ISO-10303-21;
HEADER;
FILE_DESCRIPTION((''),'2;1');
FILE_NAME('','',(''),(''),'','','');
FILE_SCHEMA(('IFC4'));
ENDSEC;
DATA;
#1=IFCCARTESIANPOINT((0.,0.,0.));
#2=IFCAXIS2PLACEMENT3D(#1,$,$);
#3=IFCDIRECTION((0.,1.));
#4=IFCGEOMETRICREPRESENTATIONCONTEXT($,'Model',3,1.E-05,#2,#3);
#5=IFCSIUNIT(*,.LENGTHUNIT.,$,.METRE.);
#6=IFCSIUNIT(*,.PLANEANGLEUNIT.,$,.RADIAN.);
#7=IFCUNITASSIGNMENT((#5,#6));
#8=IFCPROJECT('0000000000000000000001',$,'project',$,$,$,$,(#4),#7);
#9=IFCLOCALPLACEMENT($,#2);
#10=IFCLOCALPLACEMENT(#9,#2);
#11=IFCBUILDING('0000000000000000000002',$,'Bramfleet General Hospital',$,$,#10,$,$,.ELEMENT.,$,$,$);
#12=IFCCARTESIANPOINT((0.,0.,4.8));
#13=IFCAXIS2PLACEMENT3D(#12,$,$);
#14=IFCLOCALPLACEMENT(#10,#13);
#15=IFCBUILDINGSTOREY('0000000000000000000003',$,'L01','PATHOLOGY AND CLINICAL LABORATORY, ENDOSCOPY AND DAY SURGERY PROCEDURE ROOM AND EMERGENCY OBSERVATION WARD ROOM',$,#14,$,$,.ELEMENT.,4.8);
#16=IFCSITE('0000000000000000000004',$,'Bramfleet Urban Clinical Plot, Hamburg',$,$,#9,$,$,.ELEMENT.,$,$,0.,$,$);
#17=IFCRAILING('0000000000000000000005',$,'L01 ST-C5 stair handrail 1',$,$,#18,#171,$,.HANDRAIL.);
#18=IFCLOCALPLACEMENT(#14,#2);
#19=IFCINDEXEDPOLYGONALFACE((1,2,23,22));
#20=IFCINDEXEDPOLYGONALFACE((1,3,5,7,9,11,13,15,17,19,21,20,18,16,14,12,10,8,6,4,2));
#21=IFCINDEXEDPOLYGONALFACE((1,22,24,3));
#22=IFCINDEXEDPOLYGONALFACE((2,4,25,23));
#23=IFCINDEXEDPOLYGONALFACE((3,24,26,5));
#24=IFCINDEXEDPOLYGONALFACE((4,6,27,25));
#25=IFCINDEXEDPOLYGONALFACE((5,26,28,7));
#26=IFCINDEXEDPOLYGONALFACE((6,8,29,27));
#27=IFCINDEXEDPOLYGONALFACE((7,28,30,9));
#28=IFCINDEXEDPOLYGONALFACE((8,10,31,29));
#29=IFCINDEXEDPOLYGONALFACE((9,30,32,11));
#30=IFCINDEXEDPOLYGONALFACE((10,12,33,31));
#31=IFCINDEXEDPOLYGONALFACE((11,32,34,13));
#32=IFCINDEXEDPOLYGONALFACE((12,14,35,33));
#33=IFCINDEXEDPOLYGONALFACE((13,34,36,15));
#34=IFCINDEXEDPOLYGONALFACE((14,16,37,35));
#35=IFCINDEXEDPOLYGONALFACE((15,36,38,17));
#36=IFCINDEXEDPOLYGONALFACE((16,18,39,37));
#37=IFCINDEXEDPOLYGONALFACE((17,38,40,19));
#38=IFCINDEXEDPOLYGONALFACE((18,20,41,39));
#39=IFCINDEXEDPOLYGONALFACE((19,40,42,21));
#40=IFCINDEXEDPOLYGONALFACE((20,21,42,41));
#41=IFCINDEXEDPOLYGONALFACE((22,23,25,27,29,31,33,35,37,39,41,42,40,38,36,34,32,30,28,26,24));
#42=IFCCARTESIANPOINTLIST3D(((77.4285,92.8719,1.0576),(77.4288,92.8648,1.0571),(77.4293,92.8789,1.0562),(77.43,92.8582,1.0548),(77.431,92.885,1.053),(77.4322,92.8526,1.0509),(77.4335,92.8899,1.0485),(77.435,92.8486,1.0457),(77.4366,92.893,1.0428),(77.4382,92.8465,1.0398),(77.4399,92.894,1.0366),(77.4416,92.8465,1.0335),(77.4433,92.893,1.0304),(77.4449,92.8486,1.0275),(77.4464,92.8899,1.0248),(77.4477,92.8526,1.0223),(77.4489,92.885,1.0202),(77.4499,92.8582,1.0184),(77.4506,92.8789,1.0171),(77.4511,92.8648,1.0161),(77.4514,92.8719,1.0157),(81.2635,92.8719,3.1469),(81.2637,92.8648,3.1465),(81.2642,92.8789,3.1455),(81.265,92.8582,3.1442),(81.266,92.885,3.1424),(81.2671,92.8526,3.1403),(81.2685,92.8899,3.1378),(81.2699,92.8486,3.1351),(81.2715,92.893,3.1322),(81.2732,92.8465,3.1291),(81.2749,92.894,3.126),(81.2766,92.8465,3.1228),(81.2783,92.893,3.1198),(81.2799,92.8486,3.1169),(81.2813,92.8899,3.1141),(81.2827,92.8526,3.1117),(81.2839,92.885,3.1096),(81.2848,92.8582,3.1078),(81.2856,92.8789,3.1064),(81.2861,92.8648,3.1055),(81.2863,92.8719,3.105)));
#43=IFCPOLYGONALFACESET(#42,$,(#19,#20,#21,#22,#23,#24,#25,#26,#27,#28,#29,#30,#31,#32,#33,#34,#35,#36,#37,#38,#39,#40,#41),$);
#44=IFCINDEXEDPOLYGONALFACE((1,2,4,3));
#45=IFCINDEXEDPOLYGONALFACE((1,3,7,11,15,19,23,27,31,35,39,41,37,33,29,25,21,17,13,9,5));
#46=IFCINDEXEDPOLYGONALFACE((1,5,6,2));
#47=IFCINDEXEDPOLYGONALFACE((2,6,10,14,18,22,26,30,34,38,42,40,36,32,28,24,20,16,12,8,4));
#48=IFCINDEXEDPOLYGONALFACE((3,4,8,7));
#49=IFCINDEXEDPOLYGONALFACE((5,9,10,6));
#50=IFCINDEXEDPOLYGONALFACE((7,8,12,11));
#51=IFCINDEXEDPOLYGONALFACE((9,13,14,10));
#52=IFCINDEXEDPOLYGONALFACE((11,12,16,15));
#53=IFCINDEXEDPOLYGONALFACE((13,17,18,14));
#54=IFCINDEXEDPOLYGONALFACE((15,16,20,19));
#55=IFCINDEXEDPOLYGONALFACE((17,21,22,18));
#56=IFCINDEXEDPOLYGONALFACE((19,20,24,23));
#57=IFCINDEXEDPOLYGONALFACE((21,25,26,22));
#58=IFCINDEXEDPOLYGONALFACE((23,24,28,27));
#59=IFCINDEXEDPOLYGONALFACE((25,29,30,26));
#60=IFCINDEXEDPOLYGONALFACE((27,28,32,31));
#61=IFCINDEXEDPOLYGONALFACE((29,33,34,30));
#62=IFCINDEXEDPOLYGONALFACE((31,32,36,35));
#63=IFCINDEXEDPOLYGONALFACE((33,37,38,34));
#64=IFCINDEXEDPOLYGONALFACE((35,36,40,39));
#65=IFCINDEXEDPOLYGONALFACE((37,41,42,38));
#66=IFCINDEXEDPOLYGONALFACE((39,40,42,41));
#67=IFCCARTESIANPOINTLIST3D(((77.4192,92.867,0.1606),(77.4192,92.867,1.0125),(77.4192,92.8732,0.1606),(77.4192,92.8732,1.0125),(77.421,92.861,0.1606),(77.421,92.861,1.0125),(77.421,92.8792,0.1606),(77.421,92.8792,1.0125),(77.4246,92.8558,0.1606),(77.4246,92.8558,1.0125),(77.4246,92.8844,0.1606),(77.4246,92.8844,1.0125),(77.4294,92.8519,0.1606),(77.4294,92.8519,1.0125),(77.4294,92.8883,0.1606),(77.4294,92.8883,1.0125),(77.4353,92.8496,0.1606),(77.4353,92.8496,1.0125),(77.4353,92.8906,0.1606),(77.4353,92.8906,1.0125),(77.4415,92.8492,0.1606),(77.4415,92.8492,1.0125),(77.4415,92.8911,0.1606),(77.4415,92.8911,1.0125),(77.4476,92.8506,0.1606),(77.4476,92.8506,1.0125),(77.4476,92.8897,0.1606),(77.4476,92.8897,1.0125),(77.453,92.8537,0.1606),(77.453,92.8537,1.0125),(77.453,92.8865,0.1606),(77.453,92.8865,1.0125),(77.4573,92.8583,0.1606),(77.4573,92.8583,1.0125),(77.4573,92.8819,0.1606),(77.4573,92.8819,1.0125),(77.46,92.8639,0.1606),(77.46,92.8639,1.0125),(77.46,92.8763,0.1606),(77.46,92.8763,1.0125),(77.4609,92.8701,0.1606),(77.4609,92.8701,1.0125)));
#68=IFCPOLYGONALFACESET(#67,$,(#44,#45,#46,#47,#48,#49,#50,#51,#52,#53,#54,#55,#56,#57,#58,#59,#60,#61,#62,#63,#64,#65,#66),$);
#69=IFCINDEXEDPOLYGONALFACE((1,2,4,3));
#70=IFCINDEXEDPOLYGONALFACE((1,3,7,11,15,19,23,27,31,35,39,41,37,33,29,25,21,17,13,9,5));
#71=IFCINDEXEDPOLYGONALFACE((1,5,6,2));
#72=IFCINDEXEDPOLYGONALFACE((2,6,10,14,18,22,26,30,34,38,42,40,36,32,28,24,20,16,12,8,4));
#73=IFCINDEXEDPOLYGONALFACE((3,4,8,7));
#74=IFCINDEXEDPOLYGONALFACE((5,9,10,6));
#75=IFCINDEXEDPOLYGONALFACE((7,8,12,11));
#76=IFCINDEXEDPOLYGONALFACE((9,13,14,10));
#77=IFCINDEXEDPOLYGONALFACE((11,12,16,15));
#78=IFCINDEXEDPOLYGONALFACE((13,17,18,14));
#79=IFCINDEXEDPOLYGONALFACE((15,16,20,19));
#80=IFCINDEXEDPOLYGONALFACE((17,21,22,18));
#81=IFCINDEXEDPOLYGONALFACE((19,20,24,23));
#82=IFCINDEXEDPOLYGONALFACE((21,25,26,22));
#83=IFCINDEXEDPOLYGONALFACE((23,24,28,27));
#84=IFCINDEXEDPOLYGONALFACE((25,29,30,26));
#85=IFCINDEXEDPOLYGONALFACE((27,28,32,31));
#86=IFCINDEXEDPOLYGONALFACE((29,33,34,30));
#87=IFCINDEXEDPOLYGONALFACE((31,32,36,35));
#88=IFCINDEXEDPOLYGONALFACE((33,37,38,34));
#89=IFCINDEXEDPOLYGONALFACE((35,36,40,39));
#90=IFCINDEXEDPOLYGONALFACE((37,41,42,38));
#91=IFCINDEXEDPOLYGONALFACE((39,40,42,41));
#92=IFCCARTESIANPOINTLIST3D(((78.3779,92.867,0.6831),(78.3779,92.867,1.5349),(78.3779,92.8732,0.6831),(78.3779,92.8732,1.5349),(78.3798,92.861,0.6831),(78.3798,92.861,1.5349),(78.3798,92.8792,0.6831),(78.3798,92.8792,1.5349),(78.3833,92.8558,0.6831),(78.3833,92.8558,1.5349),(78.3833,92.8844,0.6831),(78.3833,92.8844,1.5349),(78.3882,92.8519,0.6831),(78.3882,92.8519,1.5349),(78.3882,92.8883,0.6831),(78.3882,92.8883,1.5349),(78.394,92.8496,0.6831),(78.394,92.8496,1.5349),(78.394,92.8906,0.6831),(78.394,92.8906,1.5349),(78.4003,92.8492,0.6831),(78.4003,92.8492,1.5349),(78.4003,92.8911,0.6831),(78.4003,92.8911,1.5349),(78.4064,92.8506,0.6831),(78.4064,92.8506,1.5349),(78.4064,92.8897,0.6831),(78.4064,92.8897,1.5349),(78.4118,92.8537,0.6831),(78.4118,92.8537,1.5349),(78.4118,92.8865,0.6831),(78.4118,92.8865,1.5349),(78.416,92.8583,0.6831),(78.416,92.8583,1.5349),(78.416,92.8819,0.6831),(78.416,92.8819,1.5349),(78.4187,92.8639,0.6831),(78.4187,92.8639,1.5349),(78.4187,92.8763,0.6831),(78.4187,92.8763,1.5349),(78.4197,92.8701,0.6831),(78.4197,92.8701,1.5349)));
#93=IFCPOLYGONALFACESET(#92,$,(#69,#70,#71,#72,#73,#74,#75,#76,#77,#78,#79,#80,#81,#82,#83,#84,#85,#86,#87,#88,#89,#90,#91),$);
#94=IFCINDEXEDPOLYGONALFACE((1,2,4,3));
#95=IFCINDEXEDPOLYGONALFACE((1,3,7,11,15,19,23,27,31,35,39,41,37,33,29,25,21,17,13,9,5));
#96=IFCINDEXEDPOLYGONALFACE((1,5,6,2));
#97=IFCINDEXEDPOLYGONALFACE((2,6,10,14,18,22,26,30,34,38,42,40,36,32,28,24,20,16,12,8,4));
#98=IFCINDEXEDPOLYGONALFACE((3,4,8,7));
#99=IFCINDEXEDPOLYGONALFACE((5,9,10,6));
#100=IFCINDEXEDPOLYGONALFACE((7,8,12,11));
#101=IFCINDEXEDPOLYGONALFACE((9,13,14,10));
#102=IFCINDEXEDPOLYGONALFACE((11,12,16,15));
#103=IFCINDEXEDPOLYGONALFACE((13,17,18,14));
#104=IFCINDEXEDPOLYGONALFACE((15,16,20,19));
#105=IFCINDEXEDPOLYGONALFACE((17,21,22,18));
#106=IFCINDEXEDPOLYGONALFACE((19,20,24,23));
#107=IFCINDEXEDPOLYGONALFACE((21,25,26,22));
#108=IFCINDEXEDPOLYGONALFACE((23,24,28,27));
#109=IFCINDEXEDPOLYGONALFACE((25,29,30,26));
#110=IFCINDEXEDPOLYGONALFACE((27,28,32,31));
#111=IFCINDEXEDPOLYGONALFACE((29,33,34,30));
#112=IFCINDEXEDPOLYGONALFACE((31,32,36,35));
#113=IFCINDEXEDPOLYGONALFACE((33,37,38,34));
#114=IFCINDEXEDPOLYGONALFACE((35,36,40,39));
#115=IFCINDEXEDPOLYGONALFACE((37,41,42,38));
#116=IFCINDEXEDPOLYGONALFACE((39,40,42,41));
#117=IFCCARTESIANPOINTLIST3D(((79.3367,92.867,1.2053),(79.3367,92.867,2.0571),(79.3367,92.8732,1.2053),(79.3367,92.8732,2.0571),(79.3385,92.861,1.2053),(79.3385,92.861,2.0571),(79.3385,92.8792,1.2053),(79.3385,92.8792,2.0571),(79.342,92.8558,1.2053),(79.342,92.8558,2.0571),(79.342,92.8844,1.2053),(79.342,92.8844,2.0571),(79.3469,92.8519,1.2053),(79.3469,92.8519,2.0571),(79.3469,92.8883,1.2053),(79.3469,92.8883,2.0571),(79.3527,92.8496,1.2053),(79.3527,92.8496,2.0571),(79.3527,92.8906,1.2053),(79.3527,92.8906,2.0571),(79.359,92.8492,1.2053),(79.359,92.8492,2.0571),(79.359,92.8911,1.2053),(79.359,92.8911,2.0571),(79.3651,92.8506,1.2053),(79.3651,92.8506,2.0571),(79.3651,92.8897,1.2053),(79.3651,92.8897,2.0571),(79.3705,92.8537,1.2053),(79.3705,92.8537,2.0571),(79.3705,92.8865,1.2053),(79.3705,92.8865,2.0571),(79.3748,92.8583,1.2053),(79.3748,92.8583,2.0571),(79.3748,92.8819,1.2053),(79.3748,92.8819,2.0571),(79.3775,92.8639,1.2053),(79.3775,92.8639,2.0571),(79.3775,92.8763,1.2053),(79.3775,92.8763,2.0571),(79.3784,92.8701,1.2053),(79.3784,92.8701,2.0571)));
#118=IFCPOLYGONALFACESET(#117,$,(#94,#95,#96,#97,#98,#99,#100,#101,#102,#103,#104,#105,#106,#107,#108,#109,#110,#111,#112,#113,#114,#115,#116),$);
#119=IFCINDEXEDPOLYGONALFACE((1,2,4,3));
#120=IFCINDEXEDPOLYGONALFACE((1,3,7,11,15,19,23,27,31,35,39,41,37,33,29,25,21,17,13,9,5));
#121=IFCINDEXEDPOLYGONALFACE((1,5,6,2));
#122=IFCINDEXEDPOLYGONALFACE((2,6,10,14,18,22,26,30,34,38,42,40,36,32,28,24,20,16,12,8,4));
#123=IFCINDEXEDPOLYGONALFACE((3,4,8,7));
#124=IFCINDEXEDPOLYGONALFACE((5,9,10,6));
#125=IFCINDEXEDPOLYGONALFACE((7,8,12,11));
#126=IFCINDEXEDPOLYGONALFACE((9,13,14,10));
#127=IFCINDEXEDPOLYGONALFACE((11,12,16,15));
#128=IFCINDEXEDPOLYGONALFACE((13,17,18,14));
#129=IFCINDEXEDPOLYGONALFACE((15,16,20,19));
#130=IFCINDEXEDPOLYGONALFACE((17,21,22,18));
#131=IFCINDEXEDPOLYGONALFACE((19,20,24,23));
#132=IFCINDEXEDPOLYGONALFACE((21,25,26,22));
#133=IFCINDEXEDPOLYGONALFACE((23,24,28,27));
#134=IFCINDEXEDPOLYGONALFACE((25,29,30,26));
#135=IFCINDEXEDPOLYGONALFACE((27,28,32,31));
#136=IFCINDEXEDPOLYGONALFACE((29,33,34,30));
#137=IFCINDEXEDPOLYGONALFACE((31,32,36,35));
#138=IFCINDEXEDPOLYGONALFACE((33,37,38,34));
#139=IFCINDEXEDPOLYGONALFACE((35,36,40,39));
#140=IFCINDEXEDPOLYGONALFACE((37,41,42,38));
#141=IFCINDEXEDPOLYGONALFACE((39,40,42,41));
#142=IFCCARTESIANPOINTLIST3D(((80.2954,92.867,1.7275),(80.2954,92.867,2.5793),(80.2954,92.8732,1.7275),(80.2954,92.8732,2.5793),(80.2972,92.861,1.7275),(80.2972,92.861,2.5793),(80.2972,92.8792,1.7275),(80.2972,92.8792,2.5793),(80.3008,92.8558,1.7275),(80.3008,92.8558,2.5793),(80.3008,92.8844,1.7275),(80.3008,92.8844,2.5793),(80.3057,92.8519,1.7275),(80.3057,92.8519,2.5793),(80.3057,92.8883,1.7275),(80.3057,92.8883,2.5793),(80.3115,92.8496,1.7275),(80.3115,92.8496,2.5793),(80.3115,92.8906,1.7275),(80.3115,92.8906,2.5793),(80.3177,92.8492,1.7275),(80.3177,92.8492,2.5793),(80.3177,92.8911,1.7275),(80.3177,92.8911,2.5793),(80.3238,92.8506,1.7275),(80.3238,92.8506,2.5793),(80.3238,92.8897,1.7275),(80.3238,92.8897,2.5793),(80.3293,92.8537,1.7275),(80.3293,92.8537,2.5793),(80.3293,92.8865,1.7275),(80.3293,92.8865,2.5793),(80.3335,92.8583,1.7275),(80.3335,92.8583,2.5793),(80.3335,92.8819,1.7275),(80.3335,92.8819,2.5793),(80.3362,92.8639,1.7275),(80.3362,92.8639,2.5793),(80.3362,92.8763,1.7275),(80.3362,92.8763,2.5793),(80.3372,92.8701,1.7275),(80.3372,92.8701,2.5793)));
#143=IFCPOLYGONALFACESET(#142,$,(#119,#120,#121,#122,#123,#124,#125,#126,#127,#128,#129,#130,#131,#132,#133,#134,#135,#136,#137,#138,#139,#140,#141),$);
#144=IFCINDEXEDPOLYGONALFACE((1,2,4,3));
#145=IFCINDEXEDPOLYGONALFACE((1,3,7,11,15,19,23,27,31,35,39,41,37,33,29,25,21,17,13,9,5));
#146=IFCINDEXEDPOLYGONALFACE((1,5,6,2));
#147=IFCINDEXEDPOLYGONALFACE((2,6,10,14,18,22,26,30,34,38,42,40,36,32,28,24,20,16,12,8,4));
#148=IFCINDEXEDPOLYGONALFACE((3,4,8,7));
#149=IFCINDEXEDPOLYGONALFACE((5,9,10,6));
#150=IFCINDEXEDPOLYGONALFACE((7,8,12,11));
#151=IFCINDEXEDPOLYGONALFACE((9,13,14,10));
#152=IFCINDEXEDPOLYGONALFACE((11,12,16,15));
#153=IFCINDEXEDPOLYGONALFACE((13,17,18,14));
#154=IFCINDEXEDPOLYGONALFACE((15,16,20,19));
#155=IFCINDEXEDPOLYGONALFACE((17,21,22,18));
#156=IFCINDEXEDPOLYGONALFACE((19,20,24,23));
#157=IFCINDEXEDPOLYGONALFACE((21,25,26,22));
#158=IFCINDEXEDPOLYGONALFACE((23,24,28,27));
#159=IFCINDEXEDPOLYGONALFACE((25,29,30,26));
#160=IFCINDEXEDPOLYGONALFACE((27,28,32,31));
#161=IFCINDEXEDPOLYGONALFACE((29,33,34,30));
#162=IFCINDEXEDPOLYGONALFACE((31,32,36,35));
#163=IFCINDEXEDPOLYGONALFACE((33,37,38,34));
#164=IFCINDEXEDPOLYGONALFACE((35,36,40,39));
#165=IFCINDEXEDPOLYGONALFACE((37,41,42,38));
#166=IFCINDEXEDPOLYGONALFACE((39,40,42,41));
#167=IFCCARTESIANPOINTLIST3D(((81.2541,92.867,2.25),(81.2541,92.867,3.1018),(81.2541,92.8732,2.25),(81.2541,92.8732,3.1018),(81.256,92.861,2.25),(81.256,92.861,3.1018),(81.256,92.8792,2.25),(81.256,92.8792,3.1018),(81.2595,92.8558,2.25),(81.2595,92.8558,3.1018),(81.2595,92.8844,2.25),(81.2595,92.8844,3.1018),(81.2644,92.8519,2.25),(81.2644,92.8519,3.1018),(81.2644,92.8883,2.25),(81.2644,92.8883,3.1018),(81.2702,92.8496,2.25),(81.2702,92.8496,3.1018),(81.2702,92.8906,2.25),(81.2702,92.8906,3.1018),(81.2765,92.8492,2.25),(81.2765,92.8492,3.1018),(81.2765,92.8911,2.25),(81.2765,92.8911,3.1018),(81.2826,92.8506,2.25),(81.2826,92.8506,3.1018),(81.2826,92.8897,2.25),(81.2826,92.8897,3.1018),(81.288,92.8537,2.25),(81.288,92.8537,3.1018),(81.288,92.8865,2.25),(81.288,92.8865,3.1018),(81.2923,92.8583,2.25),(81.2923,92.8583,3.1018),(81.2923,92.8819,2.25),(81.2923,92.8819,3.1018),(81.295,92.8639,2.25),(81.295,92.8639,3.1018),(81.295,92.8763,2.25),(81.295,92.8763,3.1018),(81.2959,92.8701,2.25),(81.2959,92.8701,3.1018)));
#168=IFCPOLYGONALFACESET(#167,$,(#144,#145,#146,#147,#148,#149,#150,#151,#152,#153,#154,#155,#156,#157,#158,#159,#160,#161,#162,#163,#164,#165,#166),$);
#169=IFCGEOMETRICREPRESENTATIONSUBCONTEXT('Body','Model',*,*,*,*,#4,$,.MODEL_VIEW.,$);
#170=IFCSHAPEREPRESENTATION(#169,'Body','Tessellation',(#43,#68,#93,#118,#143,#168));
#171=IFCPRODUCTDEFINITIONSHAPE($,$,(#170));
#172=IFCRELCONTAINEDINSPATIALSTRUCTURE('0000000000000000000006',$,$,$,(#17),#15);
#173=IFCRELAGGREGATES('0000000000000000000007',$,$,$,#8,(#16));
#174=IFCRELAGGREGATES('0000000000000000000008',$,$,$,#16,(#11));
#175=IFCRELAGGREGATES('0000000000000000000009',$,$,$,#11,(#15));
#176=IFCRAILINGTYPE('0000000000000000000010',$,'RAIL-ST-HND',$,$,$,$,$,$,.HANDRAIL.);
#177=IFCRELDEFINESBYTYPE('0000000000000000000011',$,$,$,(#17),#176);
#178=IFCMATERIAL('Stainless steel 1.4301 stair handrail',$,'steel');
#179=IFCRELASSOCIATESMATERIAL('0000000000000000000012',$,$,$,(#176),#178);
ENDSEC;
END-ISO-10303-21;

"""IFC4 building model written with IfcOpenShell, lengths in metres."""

from ifc_helpers import new_model, si_unit, direction, frame, origin, origin_2d, place, context, subcontext, project, spatial, circle, extrude, material, type_object, element, save


model = new_model("IFC4")

# Units and contexts
model_context = context("Model", 3, precision=1e-05, world=origin(), true_north=direction((0.0, 1.0)))
body_context = subcontext(model_context, "Body", "Model", "MODEL_VIEW")
ifc_project = project(units=[si_unit("LENGTHUNIT", "METRE"), si_unit("PLANEANGLEUNIT", "RADIAN")], contexts=[model_context])

# Site, building, storey
site_placement = place(None, origin())
site = spatial("IfcSite", under=ifc_project, at=site_placement, Name="Bramfleet Urban Clinical Plot, Hamburg", CompositionType="ELEMENT", RefElevation=0.0)
building_placement = place(site_placement, origin())
building = spatial("IfcBuilding", under=site, at=building_placement, Name="Bramfleet General Hospital", CompositionType="ELEMENT")
storey_placement = place(building_placement, frame((0.0, 0.0, 4.8)))
storey = spatial("IfcBuildingStorey", under=building, at=storey_placement, Name="L01", Description="PATHOLOGY AND CLINICAL LABORATORY, ENDOSCOPY AND DAY SURGERY PROCEDURE ROOM AND EMERGENCY OBSERVATION WARD ROOM", CompositionType="ELEMENT", Elevation=4.8)

# Railing
ifc_material_1 = material(Name="Stainless steel 1.4301 stair handrail", Category="steel")
railing_type_1 = type_object("IfcRailingType", Name="RAIL-ST-HND", PredefinedType="HANDRAIL", material=ifc_material_1)
railing_1_placement = place(storey_placement, frame((77.4399, 92.8701, 0.1606)))
element("IfcRailing", 1, at=railing_1_placement, inside=storey, type_object=railing_type_1, Name="L01 ST-C5 stair handrail 1", PredefinedType="HANDRAIL", context=body_context, shape_type="SweptSolid", body=[
    extrude(circle(Radius=0.0239, at=origin_2d()), frame((0.0, 0.0, 0.876), z_axis=(0.87813, 0.0, 0.478421), x_axis=(0.0, 1.0, 0.0)), (0.0, 0.0, 1.0), 4.3672),
    extrude(circle(Radius=0.021, at=origin_2d()), origin(), (0.0, 0.0, 1.0), 0.8518),
    extrude(circle(Radius=0.021, at=origin_2d()), frame((0.9587, 0.0, 0.5225)), (0.0, 0.0, 1.0), 0.8518),
    extrude(circle(Radius=0.021, at=origin_2d()), frame((1.9175, 0.0, 1.0447)), (0.0, 0.0, 1.0), 0.8518),
    extrude(circle(Radius=0.021, at=origin_2d()), frame((2.8762, 0.0, 1.5669)), (0.0, 0.0, 1.0), 0.8518),
    extrude(circle(Radius=0.021, at=origin_2d()), frame((3.835, 0.0, 2.0894)), (0.0, 0.0, 1.0), 0.8518),
])

save(model, "model.ifc")
